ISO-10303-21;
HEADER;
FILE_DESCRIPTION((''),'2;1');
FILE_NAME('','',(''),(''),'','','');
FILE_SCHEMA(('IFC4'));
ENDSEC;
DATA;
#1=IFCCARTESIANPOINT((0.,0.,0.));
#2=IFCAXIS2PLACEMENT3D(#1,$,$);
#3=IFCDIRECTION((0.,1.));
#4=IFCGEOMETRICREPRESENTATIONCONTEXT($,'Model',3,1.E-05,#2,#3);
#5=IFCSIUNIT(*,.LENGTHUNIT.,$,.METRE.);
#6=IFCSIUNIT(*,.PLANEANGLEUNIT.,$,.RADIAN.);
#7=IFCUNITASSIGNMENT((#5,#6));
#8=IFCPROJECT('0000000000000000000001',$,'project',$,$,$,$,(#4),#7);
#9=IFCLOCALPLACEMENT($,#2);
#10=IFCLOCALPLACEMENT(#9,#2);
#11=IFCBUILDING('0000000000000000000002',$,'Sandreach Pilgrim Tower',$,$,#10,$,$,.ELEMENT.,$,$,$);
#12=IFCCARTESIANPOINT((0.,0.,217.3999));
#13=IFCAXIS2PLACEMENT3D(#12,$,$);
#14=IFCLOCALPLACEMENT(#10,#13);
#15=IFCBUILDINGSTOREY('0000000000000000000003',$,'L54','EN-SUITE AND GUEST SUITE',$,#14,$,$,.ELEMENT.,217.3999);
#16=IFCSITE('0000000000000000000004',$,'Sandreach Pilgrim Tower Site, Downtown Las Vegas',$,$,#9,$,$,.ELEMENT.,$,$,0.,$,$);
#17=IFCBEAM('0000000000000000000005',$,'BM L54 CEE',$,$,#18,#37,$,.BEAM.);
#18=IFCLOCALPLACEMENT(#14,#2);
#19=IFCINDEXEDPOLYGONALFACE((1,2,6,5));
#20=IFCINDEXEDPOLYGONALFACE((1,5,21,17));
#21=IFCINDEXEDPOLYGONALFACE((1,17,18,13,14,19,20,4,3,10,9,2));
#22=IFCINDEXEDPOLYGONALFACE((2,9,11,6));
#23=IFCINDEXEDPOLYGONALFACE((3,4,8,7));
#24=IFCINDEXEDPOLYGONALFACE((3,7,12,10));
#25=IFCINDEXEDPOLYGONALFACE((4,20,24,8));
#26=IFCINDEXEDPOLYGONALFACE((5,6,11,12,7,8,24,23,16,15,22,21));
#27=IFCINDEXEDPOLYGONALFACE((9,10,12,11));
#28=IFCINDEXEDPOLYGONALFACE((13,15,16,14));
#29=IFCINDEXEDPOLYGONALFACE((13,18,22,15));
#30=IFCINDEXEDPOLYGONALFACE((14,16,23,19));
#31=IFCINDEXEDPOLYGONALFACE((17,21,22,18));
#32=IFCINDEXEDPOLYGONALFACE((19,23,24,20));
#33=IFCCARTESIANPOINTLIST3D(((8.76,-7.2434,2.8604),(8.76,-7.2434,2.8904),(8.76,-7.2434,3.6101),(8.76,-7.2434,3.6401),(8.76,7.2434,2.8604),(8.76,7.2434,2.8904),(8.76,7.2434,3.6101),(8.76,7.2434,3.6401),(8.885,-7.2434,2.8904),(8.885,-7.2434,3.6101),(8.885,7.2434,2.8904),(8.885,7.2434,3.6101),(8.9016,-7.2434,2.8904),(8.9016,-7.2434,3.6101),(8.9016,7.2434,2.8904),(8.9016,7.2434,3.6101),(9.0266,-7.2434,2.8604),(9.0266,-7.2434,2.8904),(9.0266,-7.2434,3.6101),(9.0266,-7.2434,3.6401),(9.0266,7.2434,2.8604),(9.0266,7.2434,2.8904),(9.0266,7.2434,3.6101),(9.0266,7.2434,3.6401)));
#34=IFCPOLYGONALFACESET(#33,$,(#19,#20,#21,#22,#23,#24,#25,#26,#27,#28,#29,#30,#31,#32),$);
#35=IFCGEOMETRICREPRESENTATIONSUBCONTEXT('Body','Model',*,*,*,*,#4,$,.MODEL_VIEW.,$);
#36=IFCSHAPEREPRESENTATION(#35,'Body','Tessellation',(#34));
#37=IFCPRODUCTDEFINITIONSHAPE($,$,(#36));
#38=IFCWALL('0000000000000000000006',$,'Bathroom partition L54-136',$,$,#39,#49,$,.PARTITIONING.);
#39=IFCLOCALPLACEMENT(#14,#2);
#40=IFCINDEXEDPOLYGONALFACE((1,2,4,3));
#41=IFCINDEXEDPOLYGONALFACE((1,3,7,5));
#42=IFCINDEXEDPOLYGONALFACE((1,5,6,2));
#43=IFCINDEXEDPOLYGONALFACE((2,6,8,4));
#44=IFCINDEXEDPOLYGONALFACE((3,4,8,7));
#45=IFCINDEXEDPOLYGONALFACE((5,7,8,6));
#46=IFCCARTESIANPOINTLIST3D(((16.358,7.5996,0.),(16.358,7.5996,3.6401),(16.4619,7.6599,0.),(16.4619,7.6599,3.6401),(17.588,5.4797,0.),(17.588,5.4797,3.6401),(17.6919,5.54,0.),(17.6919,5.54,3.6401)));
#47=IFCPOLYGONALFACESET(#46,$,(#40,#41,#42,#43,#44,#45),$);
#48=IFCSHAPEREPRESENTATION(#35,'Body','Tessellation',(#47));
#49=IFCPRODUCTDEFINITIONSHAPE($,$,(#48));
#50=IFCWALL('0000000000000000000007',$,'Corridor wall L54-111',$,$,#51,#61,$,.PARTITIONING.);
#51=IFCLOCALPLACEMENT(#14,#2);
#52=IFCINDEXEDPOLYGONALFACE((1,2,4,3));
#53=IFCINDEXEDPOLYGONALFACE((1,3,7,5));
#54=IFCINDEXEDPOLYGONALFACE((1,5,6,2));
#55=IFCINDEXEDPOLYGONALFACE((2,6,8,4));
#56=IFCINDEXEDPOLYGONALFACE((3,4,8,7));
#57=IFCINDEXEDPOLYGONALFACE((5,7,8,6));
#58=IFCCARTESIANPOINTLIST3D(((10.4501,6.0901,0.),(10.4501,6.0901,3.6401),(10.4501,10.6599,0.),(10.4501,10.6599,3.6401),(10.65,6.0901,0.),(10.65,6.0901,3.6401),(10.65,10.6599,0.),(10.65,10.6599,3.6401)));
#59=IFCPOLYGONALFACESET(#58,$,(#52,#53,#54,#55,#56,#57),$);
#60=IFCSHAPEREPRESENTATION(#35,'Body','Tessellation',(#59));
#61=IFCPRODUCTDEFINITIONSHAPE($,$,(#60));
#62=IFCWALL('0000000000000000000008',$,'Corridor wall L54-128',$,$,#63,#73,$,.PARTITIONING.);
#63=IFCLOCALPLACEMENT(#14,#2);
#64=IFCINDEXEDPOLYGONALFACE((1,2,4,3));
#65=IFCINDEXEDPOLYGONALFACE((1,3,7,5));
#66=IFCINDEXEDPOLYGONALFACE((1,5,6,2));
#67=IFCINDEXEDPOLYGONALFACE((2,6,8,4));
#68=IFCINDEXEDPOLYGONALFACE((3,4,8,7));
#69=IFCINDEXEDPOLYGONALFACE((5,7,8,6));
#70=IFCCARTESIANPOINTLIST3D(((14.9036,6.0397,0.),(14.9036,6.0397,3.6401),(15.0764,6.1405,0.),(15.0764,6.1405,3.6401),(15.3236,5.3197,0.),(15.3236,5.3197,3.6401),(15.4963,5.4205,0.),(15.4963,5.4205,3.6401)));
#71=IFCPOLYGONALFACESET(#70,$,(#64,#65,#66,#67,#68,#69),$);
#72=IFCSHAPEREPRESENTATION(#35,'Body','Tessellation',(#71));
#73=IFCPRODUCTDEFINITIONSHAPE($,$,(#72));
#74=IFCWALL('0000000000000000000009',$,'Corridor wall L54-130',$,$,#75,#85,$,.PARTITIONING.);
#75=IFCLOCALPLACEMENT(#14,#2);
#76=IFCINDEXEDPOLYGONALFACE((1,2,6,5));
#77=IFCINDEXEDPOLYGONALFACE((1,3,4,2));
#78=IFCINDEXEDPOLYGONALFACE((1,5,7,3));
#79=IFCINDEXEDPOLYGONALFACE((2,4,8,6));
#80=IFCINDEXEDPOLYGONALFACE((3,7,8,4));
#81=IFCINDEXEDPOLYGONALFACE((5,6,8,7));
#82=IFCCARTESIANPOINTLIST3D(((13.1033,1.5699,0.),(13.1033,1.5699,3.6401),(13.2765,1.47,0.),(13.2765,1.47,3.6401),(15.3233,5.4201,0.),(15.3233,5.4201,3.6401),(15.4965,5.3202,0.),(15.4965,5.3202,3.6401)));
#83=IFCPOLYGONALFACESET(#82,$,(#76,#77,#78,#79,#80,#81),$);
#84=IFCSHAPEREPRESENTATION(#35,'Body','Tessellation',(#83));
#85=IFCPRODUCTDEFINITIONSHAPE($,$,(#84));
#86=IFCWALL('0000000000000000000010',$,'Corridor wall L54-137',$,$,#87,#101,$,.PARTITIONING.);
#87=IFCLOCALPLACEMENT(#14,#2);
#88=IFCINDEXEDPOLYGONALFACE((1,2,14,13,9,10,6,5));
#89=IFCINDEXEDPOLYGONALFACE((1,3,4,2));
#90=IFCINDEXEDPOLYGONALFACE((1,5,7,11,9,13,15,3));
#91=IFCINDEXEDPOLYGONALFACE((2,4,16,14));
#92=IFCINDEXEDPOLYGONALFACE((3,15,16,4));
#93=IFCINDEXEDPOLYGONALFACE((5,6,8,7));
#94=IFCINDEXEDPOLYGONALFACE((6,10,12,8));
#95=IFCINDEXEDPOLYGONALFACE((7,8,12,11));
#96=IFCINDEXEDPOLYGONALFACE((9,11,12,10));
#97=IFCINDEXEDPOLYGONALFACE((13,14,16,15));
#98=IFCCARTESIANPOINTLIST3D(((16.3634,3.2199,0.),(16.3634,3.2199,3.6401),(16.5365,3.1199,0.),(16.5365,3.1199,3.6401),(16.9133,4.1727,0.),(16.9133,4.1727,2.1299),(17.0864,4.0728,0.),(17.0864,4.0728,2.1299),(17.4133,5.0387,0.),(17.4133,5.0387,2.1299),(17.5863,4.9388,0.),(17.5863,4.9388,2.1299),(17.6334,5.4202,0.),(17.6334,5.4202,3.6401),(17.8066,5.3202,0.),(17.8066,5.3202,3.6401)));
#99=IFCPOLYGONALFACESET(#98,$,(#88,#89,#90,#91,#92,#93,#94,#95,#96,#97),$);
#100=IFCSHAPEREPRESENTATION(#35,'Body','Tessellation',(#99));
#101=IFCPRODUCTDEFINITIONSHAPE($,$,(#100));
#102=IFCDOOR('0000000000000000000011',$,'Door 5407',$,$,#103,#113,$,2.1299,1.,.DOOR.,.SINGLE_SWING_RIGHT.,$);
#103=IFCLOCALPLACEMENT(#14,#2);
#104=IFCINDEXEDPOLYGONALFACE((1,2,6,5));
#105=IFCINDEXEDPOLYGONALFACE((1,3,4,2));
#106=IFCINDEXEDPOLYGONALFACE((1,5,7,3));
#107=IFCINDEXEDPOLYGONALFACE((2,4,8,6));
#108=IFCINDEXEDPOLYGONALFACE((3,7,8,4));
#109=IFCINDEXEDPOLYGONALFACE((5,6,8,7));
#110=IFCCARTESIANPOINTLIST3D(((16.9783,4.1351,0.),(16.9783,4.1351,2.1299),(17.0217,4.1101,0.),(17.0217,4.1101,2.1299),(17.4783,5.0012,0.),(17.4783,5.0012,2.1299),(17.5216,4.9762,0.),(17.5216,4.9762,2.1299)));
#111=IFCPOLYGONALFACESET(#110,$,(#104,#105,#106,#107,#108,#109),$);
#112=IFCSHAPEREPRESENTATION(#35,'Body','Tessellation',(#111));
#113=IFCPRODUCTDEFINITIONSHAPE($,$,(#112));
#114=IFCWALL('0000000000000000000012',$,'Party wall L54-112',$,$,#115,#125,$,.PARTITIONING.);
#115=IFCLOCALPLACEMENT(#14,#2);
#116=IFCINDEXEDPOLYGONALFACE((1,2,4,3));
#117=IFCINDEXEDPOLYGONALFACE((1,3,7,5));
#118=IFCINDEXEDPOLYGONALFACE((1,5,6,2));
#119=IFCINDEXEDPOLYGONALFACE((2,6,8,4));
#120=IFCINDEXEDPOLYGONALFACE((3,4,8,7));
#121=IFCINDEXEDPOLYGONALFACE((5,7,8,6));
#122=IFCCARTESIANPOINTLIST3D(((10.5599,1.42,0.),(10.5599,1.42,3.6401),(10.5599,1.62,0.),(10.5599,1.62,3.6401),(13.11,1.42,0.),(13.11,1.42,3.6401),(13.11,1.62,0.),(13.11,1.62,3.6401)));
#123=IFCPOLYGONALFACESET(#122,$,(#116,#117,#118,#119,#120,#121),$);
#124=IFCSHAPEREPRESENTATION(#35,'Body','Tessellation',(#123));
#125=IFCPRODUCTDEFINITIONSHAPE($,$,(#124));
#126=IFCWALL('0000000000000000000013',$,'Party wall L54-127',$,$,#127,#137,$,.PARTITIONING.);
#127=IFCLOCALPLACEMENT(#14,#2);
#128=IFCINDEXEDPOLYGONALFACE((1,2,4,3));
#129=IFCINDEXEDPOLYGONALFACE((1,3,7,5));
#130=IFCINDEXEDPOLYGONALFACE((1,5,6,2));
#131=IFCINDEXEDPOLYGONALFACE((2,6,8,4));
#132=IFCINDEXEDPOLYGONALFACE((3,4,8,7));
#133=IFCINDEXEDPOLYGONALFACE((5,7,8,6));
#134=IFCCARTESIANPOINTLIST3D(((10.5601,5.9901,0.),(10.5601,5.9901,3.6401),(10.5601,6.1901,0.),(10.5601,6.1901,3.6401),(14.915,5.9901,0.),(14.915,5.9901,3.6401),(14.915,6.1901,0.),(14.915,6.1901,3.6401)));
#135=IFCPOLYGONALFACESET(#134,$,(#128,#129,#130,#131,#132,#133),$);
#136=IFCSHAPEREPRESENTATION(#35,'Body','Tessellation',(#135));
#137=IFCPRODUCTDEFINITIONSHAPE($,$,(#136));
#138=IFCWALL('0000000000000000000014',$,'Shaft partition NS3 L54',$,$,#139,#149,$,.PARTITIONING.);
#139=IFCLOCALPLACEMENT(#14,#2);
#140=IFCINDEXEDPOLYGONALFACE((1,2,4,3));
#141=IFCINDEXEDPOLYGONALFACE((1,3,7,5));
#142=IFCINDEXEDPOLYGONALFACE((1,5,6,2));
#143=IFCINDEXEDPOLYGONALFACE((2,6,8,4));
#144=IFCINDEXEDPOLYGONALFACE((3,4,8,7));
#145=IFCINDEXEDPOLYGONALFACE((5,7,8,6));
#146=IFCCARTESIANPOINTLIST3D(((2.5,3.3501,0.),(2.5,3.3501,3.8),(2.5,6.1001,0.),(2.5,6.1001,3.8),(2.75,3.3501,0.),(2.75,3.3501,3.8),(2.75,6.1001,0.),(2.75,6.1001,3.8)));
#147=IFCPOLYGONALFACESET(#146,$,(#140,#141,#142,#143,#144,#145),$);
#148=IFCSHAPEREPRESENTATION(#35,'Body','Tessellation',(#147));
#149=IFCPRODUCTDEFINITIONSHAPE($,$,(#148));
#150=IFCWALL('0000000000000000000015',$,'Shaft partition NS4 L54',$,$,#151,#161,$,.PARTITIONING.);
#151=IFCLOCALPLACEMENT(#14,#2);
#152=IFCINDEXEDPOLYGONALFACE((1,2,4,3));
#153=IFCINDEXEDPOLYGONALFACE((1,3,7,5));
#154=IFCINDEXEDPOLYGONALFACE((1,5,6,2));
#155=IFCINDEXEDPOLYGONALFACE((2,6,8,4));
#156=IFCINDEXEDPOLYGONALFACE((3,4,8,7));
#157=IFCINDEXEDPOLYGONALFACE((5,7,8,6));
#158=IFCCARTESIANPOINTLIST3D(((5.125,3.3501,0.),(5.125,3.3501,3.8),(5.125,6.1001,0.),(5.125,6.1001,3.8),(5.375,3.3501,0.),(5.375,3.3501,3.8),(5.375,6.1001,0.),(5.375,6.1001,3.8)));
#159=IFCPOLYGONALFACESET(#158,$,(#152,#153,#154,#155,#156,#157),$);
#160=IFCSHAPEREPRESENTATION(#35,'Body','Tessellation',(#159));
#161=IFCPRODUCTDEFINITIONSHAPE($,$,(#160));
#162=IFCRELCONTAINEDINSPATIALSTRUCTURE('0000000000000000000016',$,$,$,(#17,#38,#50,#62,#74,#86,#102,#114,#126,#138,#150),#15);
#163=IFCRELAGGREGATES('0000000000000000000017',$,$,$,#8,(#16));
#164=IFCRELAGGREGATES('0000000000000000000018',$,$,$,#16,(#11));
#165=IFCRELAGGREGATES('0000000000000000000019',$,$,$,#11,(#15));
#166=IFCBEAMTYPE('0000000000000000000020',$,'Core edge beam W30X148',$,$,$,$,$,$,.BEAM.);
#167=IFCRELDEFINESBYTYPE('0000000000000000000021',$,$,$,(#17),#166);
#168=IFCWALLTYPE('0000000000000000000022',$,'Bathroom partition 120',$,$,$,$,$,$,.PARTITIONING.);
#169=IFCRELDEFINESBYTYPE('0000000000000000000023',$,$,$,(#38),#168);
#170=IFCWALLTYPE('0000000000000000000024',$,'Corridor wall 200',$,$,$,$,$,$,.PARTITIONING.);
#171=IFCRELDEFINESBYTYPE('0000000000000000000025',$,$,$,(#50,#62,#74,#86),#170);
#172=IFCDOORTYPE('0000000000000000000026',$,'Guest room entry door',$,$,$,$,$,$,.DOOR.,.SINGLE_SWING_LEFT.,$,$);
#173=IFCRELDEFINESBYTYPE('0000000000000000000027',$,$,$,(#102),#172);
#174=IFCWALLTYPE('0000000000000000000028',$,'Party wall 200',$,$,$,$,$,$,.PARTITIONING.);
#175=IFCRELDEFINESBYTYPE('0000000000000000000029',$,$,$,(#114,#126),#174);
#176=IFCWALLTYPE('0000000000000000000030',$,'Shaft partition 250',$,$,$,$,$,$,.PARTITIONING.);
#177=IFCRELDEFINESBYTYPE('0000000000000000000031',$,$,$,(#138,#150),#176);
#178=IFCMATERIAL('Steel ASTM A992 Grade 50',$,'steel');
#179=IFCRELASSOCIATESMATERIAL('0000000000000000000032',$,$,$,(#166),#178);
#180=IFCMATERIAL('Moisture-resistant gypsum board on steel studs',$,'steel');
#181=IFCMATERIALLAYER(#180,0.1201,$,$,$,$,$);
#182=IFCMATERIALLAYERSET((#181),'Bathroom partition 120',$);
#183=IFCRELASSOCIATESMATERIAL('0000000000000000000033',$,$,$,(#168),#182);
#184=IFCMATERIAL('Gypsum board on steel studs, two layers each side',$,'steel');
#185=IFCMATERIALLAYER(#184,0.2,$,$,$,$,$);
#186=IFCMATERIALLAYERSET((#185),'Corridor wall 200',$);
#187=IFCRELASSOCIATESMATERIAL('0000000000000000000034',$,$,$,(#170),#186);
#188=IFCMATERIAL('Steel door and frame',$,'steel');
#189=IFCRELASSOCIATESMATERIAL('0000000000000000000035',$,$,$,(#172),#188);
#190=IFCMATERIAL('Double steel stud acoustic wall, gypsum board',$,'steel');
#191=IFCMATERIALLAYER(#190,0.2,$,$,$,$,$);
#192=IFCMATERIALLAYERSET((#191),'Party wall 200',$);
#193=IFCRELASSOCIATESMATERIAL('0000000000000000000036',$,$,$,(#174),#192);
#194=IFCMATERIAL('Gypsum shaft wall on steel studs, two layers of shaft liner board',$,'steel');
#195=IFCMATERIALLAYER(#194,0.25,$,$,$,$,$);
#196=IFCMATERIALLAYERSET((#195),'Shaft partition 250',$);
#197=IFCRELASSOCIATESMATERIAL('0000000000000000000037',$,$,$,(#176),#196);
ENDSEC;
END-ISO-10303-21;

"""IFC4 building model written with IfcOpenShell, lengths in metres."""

from ifc_helpers import new_model, si_unit, direction, frame, frame_2d, origin, origin_2d, place, context, subcontext, project, spatial, rectangle, i_section, extrude, material, layer, layer_set, material_profile, profile_set, type_object, element, fill, save


model = new_model("IFC4")

# Units and contexts
model_context = context("Model", 3, precision=1e-05, world=origin(), true_north=direction((0.0, 1.0)))
body_context = subcontext(model_context, "Body", "Model", "MODEL_VIEW")
ifc_project = project(units=[si_unit("LENGTHUNIT", "METRE"), si_unit("PLANEANGLEUNIT", "RADIAN")], contexts=[model_context])

# Site, building, storey
site_placement = place(None, origin())
site = spatial("IfcSite", under=ifc_project, at=site_placement, Name="Sandreach Pilgrim Tower Site, Downtown Las Vegas", CompositionType="ELEMENT", RefElevation=0.0)
building_placement = place(site_placement, origin())
building = spatial("IfcBuilding", under=site, at=building_placement, Name="Sandreach Pilgrim Tower", CompositionType="ELEMENT")
storey_placement = place(building_placement, frame((0.0, 0.0, 217.3999)))
storey = spatial("IfcBuildingStorey", under=building, at=storey_placement, Name="L54", Description="EN-SUITE AND GUEST SUITE", CompositionType="ELEMENT", Elevation=217.3999)

# Beam
ifc_material_1 = material(Name="Steel ASTM A992 Grade 50", Category="steel")
ifc_material_profile = material_profile(ifc_material_1, i_section(OverallWidth=0.2666, OverallDepth=0.7798, WebThickness=0.0166, FlangeThickness=0.03, at=origin_2d()), Name="W30X148")
ifc_profile_set = profile_set([ifc_material_profile], Name="Steel ASTM A992 Grade 50")
beam_type = type_object("IfcBeamType", Name="Core edge beam W30X148", PredefinedType="BEAM", material=ifc_profile_set)
beam_placement = place(storey_placement, frame((8.8933, 7.2434, 3.2502), z_axis=(0.0, -1.0, 0.0), x_axis=(1.0, 0.0, 0.0)))
element("IfcBeam", 1, at=beam_placement, inside=storey, type_object=beam_type, Name="BM L54 CEE", PredefinedType="BEAM", context=body_context, shape_type="SweptSolid", body=[
    extrude(i_section(OverallWidth=0.2666, OverallDepth=0.7798, WebThickness=0.0166, FlangeThickness=0.03, at=origin_2d()), origin(), (0.0, 0.0, 1.0), 14.4868),
])

# Wall
ifc_material_2 = material(Name="Moisture-resistant gypsum board on steel studs", Category="steel")
ifc_layer_1 = layer(ifc_material_2, 0.1201)
ifc_layer_set_1 = layer_set([ifc_layer_1], Name="Bathroom partition 120")
wall_type_1 = type_object("IfcWallType", Name="Bathroom partition 120", PredefinedType="PARTITIONING", material=ifc_layer_set_1)
wall_1_placement = place(storey_placement, frame((16.4099, 7.6299, 0.0), z_axis=(0.0, 0.0, 1.0), x_axis=(0.501857, -0.864951, 0.0)))
element("IfcWall", 2, at=wall_1_placement, inside=storey, type_object=wall_type_1, Name="Bathroom partition L54-136", PredefinedType="PARTITIONING", context=body_context, shape_type="SweptSolid", body=[
    extrude(rectangle(XDim=2.4509, YDim=0.1201, at=frame_2d((1.2256, 0.0))), origin(), (0.0, 0.0, 1.0), 3.6401),
])

# Shared definitions
ifc_material_3 = material(Name="Gypsum board on steel studs, two layers each side", Category="steel")
ifc_layer_2 = layer(ifc_material_3, 0.2)
ifc_layer_set_2 = layer_set([ifc_layer_2], Name="Corridor wall 200")
wall_type_2 = type_object("IfcWallType", Name="Corridor wall 200", PredefinedType="PARTITIONING", material=ifc_layer_set_2)

# Wall
wall_2_placement = place(storey_placement, frame((10.55, 6.0901, 0.0), z_axis=(0.0, 0.0, 1.0), x_axis=(0.0, 1.0, 0.0)))
element("IfcWall", 3, at=wall_2_placement, inside=storey, type_object=wall_type_2, Name="Corridor wall L54-111", PredefinedType="PARTITIONING", context=body_context, shape_type="SweptSolid", body=[
    extrude(rectangle(XDim=4.5698, YDim=0.2, at=frame_2d((2.2849, 0.0))), origin(), (0.0, 0.0, 1.0), 3.6401),
])

# Wall
wall_3_placement = place(storey_placement, frame((14.99, 6.0901, 0.0), z_axis=(0.0, 0.0, 1.0), x_axis=(0.503816, -0.863811, 0.0)))
element("IfcWall", 4, at=wall_3_placement, inside=storey, type_object=wall_type_2, Name="Corridor wall L54-128", PredefinedType="PARTITIONING", context=body_context, shape_type="SweptSolid", body=[
    extrude(rectangle(XDim=0.8335, YDim=0.2, at=frame_2d((0.4167, 0.0))), origin(), (0.0, 0.0, 1.0), 3.6401),
])

# Shared definitions
ifc_material_4 = material(Name="Steel door and frame", Category="steel")
door_type_1 = type_object("IfcDoorType", Name="Guest room entry door", OperationType="SINGLE_SWING_LEFT", PredefinedType="DOOR", material=ifc_material_4)

# Wall
wall_4_placement = place(storey_placement, frame((15.4099, 5.3701, 0.0), z_axis=(0.0, 0.0, 1.0), x_axis=(-0.499513, -0.866306, 0.0)))
element("IfcWall", 5, at=wall_4_placement, inside=storey, type_object=wall_type_2, Name="Corridor wall L54-130", PredefinedType="PARTITIONING", context=body_context, shape_type="SweptSolid", body=[
    extrude(rectangle(XDim=4.4443, YDim=0.2, at=frame_2d((2.2222, 0.0))), origin(), (0.0, 0.0, 1.0), 3.6401),
])

# Wall, opening, door
wall_5_placement = place(storey_placement, frame((16.45, 3.1699, 0.0), z_axis=(0.0, 0.0, 1.0), x_axis=(0.499922, 0.86607, 0.0)))
wall_5 = element("IfcWall", 6, at=wall_5_placement, inside=storey, type_object=wall_type_2, Name="Corridor wall L54-137", PredefinedType="PARTITIONING", context=body_context, shape_type="SweptSolid", body=[
    extrude(rectangle(XDim=2.5405, YDim=0.2, at=frame_2d((1.2703, 0.0))), origin(), (0.0, 0.0, 1.0), 3.6401),
])
opening_1_placement = place(wall_5_placement, frame((1.1001, 0.0, 0.0)))
opening_1 = element("IfcOpeningElement", 7, at=opening_1_placement, cuts=wall_5, PredefinedType="OPENING", context=body_context, shape_type="SweptSolid", body=[
    extrude(rectangle(XDim=1.0, YDim=2.1299, at=frame_2d((0.5, 1.0649))), frame((0.0, 0.1001, 0.0), z_axis=(0.0, -1.0, 0.0), x_axis=(1.0, 0.0, 0.0)), (0.0, 0.0, 1.0), 0.2),
])
door_1_placement = place(opening_1_placement, origin())
door_1 = element("IfcDoor", 8, at=door_1_placement, inside=storey, type_object=door_type_1, Name="Door 5407", OperationType="SINGLE_SWING_RIGHT", OverallHeight=2.1299, OverallWidth=1.0, PredefinedType="DOOR", context=body_context, shape_type="SweptSolid", body=[
    extrude(rectangle(XDim=1.0, YDim=2.1299, at=frame_2d((0.5, 1.0649))), frame((0.0, 0.0249, 0.0), z_axis=(0.0, -1.0, 0.0), x_axis=(1.0, 0.0, 0.0)), (0.0, 0.0, 1.0), 0.05),
])
fill(opening_1, door_1)

# Walls
ifc_material_5 = material(Name="Double steel stud acoustic wall, gypsum board", Category="steel")
ifc_layer_3 = layer(ifc_material_5, 0.2)
ifc_layer_set_3 = layer_set([ifc_layer_3], Name="Party wall 200")
wall_type_3 = type_object("IfcWallType", Name="Party wall 200", PredefinedType="PARTITIONING", material=ifc_layer_set_3)
wall_6_placement = place(storey_placement, frame((10.5601, 1.52, 0.0), z_axis=(0.0, 0.0, 1.0), x_axis=(1.0, 0.0, 0.0)))
element("IfcWall", 9, at=wall_6_placement, inside=storey, type_object=wall_type_3, Name="Party wall L54-112", PredefinedType="PARTITIONING", context=body_context, shape_type="SweptSolid", body=[
    extrude(rectangle(XDim=2.55, YDim=0.2, at=frame_2d((1.2749, 0.0))), origin(), (0.0, 0.0, 1.0), 3.6401),
])
wall_7_placement = place(storey_placement, frame((14.915, 6.0901, 0.0), z_axis=(0.0, 0.0, 1.0), x_axis=(-1.0, 0.0, 0.0)))
element("IfcWall", 10, at=wall_7_placement, inside=storey, type_object=wall_type_3, Name="Party wall L54-127", PredefinedType="PARTITIONING", context=body_context, shape_type="SweptSolid", body=[
    extrude(rectangle(XDim=4.355, YDim=0.2, at=frame_2d((2.1775, 0.0))), origin(), (0.0, 0.0, 1.0), 3.6401),
])
ifc_material_6 = material(Name="Gypsum shaft wall on steel studs, two layers of shaft liner board", Category="steel")
ifc_layer_4 = layer(ifc_material_6, 0.25)
ifc_layer_set_4 = layer_set([ifc_layer_4], Name="Shaft partition 250")
wall_type_4 = type_object("IfcWallType", Name="Shaft partition 250", PredefinedType="PARTITIONING", material=ifc_layer_set_4)
for number, where, z_axis, x_axis, name in (
    (11, (2.625, 3.3501, 0.0), (0.0, 0.0, 1.0), (0.0, 1.0, 0.0), "Shaft partition NS3 L54"),
    (12, (5.25, 3.3501, 0.0), (0.0, 0.0, 1.0), (0.0, 1.0, 0.0), "Shaft partition NS4 L54"),
):
    element("IfcWall", number, at=place(storey_placement, frame(where, z_axis=z_axis, x_axis=x_axis)), inside=storey, type_object=wall_type_4, Name=name, PredefinedType="PARTITIONING", context=body_context, shape_type="SweptSolid", body=[
        extrude(rectangle(XDim=2.75, YDim=0.25, at=frame_2d((1.375, 0.0))), origin(), (0.0, 0.0, 1.0), 3.8),
    ])

save(model, "model.ifc")
